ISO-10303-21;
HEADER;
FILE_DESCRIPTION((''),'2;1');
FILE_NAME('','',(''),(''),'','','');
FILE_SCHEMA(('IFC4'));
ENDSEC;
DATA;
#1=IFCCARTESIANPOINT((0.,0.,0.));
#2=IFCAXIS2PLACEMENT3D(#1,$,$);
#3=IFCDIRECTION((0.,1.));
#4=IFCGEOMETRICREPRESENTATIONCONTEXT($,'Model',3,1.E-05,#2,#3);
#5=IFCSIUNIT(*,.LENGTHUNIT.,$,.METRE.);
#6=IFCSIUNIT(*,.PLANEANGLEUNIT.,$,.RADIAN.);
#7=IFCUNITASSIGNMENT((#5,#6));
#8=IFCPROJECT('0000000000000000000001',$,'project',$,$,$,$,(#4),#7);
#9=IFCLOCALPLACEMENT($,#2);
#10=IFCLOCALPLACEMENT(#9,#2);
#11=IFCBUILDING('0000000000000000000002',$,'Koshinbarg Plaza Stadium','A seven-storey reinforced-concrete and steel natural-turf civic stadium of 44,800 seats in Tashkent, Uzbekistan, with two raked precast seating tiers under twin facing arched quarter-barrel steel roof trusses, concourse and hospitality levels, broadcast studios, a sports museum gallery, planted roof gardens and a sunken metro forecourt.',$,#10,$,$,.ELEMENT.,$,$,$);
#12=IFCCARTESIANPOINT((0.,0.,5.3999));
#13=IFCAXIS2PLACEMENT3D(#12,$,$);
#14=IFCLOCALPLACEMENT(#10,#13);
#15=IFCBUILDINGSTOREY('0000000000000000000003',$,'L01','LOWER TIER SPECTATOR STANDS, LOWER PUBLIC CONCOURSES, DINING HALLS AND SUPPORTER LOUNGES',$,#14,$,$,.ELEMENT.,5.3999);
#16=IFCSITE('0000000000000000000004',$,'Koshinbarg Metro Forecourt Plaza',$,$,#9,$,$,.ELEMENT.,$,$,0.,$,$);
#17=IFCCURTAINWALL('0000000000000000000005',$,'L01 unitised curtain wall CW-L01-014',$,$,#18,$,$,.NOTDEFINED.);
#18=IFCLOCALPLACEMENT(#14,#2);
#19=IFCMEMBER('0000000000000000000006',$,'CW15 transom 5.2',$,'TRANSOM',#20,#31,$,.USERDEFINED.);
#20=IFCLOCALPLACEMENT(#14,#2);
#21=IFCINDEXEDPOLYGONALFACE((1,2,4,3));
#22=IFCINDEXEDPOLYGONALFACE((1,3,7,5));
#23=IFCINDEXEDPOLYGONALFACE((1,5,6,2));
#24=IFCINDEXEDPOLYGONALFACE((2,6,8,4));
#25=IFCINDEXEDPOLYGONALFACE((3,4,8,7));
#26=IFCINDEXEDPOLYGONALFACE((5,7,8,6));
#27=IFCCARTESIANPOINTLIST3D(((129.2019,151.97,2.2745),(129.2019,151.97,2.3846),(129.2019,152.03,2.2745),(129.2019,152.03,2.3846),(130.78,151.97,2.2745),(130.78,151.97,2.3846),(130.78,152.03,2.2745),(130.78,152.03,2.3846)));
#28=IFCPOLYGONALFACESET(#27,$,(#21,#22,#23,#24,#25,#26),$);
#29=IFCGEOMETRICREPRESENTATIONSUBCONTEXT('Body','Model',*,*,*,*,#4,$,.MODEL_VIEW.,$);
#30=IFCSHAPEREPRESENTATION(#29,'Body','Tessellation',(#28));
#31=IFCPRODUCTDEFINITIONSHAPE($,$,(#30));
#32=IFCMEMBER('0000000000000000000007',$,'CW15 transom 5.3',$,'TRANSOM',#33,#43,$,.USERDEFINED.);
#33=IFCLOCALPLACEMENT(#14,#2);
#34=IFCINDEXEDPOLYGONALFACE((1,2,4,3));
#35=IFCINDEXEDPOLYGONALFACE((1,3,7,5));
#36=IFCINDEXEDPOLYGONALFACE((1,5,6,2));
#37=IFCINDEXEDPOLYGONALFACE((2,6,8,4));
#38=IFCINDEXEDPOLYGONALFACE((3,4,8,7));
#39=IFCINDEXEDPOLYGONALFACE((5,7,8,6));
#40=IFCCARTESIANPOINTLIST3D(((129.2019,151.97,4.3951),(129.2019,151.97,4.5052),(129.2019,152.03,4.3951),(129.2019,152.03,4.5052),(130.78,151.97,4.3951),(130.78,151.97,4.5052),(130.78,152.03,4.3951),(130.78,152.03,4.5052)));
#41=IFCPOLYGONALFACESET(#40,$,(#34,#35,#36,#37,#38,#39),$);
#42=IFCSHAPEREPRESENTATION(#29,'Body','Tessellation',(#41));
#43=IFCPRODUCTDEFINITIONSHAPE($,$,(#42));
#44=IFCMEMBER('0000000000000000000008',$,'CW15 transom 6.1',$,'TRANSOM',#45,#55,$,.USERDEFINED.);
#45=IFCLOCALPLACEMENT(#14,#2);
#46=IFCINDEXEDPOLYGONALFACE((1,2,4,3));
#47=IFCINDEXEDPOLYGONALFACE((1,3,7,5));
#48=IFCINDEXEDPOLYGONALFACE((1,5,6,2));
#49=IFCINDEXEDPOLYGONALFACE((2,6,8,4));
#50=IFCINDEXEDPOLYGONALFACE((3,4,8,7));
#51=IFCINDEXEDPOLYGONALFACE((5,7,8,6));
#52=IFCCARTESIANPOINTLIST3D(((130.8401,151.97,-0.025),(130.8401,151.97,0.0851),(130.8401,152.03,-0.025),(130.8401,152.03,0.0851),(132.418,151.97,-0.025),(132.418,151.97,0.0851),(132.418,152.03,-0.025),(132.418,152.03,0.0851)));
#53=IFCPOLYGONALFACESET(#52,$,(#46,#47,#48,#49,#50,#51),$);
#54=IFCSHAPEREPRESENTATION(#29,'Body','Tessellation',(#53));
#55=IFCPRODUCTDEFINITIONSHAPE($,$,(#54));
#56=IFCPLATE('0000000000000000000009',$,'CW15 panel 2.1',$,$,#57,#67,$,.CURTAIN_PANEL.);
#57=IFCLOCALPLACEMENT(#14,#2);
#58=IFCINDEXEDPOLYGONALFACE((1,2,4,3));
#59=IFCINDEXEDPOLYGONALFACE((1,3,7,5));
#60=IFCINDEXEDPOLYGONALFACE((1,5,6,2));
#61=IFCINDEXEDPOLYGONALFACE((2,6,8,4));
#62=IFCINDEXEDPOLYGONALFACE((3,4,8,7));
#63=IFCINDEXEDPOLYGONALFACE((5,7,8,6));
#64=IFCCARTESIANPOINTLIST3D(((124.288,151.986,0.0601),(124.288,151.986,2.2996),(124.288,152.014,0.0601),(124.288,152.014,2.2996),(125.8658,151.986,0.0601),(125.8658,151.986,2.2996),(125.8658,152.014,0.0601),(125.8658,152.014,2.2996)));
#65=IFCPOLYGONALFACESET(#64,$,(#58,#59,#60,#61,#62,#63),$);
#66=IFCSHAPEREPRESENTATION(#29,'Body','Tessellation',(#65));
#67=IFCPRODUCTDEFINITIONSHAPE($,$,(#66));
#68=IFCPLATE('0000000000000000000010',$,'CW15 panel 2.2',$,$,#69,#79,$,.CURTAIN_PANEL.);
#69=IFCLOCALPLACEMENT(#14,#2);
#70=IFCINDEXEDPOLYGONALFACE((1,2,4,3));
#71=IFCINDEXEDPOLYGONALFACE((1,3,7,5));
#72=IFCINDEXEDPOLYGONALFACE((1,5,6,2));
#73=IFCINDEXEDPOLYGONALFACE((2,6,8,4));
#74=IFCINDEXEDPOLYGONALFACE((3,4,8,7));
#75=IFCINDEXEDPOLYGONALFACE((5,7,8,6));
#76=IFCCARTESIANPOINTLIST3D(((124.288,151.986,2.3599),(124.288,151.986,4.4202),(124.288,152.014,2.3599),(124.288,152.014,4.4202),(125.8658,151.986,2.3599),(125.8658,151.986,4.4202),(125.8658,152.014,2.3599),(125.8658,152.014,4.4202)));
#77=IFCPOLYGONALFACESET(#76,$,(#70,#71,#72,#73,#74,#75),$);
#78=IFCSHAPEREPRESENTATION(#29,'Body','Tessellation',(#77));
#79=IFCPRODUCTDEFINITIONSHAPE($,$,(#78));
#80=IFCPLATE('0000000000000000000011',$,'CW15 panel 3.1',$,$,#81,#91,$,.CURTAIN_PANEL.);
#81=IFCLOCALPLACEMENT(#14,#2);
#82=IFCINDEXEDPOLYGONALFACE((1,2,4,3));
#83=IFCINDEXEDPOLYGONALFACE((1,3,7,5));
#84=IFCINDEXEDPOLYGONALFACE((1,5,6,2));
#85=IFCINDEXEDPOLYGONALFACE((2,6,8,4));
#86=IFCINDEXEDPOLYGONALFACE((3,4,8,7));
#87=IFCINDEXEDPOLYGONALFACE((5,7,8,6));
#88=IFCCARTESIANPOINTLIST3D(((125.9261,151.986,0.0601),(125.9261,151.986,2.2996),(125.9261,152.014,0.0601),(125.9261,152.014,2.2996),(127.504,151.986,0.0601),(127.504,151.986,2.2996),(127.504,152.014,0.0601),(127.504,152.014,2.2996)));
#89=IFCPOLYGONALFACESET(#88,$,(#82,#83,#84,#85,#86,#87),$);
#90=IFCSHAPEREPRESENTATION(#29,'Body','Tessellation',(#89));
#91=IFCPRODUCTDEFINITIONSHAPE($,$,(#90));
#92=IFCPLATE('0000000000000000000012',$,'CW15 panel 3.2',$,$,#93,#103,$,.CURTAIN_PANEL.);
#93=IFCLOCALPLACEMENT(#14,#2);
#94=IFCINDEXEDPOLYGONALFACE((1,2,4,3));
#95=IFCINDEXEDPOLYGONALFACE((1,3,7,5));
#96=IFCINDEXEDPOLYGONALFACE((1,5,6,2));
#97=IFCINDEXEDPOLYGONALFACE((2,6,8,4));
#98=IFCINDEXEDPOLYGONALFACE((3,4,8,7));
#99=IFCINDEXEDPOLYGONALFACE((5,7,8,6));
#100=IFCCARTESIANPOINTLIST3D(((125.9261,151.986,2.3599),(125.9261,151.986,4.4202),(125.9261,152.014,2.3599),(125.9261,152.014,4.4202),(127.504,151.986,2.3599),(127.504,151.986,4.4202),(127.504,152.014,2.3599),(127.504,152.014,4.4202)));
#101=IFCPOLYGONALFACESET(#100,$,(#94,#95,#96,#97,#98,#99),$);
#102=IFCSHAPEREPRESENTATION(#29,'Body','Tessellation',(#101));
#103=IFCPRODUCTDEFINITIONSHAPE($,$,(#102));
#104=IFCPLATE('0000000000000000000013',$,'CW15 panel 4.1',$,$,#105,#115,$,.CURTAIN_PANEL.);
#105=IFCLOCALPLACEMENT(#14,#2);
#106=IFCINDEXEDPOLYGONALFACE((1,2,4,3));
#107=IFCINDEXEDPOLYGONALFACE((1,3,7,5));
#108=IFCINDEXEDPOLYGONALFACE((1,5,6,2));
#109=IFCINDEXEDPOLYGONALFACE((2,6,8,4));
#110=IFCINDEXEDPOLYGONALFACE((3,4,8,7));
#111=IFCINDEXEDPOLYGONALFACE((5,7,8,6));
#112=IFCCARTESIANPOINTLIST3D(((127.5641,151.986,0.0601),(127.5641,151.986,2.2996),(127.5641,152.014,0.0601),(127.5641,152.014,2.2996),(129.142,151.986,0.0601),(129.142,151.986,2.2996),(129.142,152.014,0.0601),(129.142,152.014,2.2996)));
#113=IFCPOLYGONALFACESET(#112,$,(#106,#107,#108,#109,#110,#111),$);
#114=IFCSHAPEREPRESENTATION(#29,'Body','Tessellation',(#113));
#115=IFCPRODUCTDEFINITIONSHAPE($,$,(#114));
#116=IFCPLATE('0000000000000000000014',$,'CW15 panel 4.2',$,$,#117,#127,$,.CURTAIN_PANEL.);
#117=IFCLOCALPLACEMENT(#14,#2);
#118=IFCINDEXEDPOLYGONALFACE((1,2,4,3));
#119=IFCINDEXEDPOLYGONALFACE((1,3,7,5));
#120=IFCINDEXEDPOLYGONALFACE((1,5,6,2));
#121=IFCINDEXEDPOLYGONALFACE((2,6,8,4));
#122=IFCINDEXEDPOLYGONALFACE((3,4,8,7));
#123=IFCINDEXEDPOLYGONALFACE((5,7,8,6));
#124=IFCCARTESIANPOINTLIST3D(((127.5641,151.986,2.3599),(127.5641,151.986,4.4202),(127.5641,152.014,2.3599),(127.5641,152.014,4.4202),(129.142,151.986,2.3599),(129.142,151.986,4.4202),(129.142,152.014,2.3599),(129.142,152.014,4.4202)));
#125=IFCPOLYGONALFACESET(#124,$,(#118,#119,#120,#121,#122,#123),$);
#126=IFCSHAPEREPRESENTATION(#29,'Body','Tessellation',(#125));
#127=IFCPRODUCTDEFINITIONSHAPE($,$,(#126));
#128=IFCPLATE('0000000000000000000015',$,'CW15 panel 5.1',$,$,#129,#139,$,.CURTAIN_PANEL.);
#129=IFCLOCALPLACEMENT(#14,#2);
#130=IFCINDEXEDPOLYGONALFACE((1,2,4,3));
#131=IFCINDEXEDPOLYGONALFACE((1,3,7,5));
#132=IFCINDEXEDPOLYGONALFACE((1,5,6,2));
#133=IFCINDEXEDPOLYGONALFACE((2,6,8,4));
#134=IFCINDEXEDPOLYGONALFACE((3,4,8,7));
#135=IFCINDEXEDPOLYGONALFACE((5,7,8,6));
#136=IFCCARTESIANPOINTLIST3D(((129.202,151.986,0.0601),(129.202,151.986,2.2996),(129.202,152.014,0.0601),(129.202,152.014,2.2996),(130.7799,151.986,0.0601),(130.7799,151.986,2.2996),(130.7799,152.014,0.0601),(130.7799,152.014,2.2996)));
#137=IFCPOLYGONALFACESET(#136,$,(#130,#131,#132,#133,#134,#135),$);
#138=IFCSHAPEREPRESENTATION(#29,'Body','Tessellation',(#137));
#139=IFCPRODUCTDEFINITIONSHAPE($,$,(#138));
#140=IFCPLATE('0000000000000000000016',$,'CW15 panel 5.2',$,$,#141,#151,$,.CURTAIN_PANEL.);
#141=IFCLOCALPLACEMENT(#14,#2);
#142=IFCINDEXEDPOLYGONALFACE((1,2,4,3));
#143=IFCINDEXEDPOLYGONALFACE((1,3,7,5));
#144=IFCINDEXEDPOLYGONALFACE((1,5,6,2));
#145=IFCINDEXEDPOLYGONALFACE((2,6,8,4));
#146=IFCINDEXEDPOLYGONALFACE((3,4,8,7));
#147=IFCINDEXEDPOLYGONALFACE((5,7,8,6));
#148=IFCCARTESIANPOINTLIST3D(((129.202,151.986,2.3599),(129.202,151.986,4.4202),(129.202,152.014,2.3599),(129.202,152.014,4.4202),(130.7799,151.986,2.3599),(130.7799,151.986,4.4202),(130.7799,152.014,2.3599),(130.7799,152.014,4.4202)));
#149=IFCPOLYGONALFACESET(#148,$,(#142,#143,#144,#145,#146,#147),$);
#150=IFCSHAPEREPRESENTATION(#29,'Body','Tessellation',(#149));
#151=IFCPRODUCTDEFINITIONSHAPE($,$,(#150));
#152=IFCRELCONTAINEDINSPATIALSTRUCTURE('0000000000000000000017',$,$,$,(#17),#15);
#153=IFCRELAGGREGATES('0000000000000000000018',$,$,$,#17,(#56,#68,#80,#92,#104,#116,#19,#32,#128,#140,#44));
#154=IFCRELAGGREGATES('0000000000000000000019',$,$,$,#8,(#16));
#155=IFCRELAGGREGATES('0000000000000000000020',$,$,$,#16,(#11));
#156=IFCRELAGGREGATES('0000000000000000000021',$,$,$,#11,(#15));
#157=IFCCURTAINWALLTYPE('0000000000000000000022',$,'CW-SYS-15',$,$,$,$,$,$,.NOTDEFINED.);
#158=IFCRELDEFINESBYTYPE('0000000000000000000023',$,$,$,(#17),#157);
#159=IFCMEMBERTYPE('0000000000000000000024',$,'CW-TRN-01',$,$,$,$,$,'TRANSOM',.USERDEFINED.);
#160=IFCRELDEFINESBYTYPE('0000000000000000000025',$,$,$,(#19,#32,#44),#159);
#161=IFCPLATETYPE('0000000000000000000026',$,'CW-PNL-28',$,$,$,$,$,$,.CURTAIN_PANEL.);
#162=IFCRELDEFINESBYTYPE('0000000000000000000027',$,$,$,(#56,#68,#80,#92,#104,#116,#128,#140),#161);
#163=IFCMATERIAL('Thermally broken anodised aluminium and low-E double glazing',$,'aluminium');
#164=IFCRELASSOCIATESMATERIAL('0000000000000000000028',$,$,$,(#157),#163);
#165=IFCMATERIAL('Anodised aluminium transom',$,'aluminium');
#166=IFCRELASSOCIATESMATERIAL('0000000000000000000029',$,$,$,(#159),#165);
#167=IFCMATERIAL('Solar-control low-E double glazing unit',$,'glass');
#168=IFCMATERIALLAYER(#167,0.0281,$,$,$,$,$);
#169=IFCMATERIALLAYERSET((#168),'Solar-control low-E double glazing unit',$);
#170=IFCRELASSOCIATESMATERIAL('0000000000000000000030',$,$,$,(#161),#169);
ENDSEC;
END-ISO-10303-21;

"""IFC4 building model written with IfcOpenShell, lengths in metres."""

from ifc_helpers import new_model, si_unit, direction, frame, origin, origin_2d, place, context, subcontext, project, spatial, rectangle, extrude, material, layer, layer_set, material_profile, profile_set, type_object, element, aggregate, save


model = new_model("IFC4")

# Units and contexts
model_context = context("Model", 3, precision=1e-05, world=origin(), true_north=direction((0.0, 1.0)))
body_context = subcontext(model_context, "Body", "Model", "MODEL_VIEW")
ifc_project = project(units=[si_unit("LENGTHUNIT", "METRE"), si_unit("PLANEANGLEUNIT", "RADIAN")], contexts=[model_context])

# Site, building, storey
site_placement = place(None, origin())
site = spatial("IfcSite", under=ifc_project, at=site_placement, Name="Koshinbarg Metro Forecourt Plaza", CompositionType="ELEMENT", RefElevation=0.0)
building_placement = place(site_placement, origin())
building = spatial("IfcBuilding", under=site, at=building_placement, Name="Koshinbarg Plaza Stadium", Description="A seven-storey reinforced-concrete and steel natural-turf civic stadium of 44,800 seats in Tashkent, Uzbekistan, with two raked precast seating tiers under twin facing arched quarter-barrel steel roof trusses, concourse and hospitality levels, broadcast studios, a sports museum gallery, planted roof gardens and a sunken metro forecourt.", CompositionType="ELEMENT")
storey_placement = place(building_placement, frame((0.0, 0.0, 5.3999)))
storey = spatial("IfcBuildingStorey", under=building, at=storey_placement, Name="L01", Description="LOWER TIER SPECTATOR STANDS, LOWER PUBLIC CONCOURSES, DINING HALLS AND SUPPORTER LOUNGES", CompositionType="ELEMENT", Elevation=5.3999)

# Curtain wall, members, plates
ifc_material_1 = material(Name="Thermally broken anodised aluminium and low-E double glazing", Category="aluminium")
curtain_wall_type = type_object("IfcCurtainWallType", Name="CW-SYS-15", PredefinedType="NOTDEFINED", material=ifc_material_1)
curtain_wall_placement = place(storey_placement, origin())
curtain_wall = element("IfcCurtainWall", 1, at=curtain_wall_placement, inside=storey, type_object=curtain_wall_type, Name="L01 unitised curtain wall CW-L01-014", PredefinedType="NOTDEFINED")
ifc_material_2 = material(Name="Anodised aluminium transom", Category="aluminium")
ifc_material_profile_1 = material_profile(ifc_material_2, rectangle(XDim=0.0601, YDim=0.1101, at=origin_2d()), Name="ALU 60x110")
ifc_profile_set_1 = profile_set([ifc_material_profile_1], Name="Anodised aluminium transom")
member_type_1 = type_object("IfcMemberType", Name="CW-TRN-01", ElementType="TRANSOM", PredefinedType="USERDEFINED", material=ifc_profile_set_1)
member_1_placement = place(storey_placement, frame((129.2019, 152.0, 2.3296), z_axis=(1.0, 0.0, 0.0), x_axis=(0.0, 1.0, 0.0)))
member_1 = element("IfcMember", 2, at=member_1_placement, type_object=member_type_1, Name="CW15 transom 5.2", ObjectType="TRANSOM", PredefinedType="USERDEFINED", context=body_context, shape_type="SweptSolid", body=[
    extrude(rectangle(XDim=0.0601, YDim=0.1101, at=origin_2d()), origin(), (0.0, 0.0, 1.0), 1.5781),
])
member_2_placement = place(storey_placement, frame((129.2019, 152.0, 4.4502), z_axis=(1.0, 0.0, 0.0), x_axis=(0.0, 1.0, 0.0)))
member_2 = element("IfcMember", 3, at=member_2_placement, type_object=member_type_1, Name="CW15 transom 5.3", ObjectType="TRANSOM", PredefinedType="USERDEFINED", context=body_context, shape_type="SweptSolid", body=[
    extrude(rectangle(XDim=0.0601, YDim=0.1101, at=origin_2d()), origin(), (0.0, 0.0, 1.0), 1.5781),
])
member_3_placement = place(storey_placement, frame((130.8401, 152.0, 0.03), z_axis=(1.0, 0.0, 0.0), x_axis=(0.0, 1.0, 0.0)))
member_3 = element("IfcMember", 4, at=member_3_placement, type_object=member_type_1, Name="CW15 transom 6.1", ObjectType="TRANSOM", PredefinedType="USERDEFINED", context=body_context, shape_type="SweptSolid", body=[
    extrude(rectangle(XDim=0.0601, YDim=0.1101, at=origin_2d()), origin(), (0.0, 0.0, 1.0), 1.5779),
])
ifc_material_3 = material(Name="Solar-control low-E double glazing unit", Category="glass")
ifc_layer = layer(ifc_material_3, 0.0281)
ifc_layer_set = layer_set([ifc_layer], Name="Solar-control low-E double glazing unit")
plate_type = type_object("IfcPlateType", Name="CW-PNL-28", PredefinedType="CURTAIN_PANEL", material=ifc_layer_set)
plate_1_placement = place(storey_placement, frame((125.0769, 152.0, 0.0601), z_axis=(0.0, 0.0, 1.0), x_axis=(1.0, 0.0, 0.0)))
plate_1 = element("IfcPlate", 5, at=plate_1_placement, type_object=plate_type, Name="CW15 panel 2.1", PredefinedType="CURTAIN_PANEL", context=body_context, shape_type="SweptSolid", body=[
    extrude(rectangle(XDim=1.5779, YDim=0.0281, at=origin_2d()), origin(), (0.0, 0.0, 1.0), 2.2395),
])
plate_2_placement = place(storey_placement, frame((125.0769, 152.0, 2.3599), z_axis=(0.0, 0.0, 1.0), x_axis=(1.0, 0.0, 0.0)))
plate_2 = element("IfcPlate", 6, at=plate_2_placement, type_object=plate_type, Name="CW15 panel 2.2", PredefinedType="CURTAIN_PANEL", context=body_context, shape_type="SweptSolid", body=[
    extrude(rectangle(XDim=1.5779, YDim=0.0281, at=origin_2d()), origin(), (0.0, 0.0, 1.0), 2.0603),
])
plate_3_placement = place(storey_placement, frame((126.7151, 152.0, 0.0601), z_axis=(0.0, 0.0, 1.0), x_axis=(1.0, 0.0, 0.0)))
plate_3 = element("IfcPlate", 7, at=plate_3_placement, type_object=plate_type, Name="CW15 panel 3.1", PredefinedType="CURTAIN_PANEL", context=body_context, shape_type="SweptSolid", body=[
    extrude(rectangle(XDim=1.5779, YDim=0.0281, at=origin_2d()), origin(), (0.0, 0.0, 1.0), 2.2395),
])
plate_4_placement = place(storey_placement, frame((126.7151, 152.0, 2.3599), z_axis=(0.0, 0.0, 1.0), x_axis=(1.0, 0.0, 0.0)))
plate_4 = element("IfcPlate", 8, at=plate_4_placement, type_object=plate_type, Name="CW15 panel 3.2", PredefinedType="CURTAIN_PANEL", context=body_context, shape_type="SweptSolid", body=[
    extrude(rectangle(XDim=1.5779, YDim=0.0281, at=origin_2d()), origin(), (0.0, 0.0, 1.0), 2.0603),
])
plate_5_placement = place(storey_placement, frame((128.353, 152.0, 0.0601), z_axis=(0.0, 0.0, 1.0), x_axis=(1.0, 0.0, 0.0)))
plate_5 = element("IfcPlate", 9, at=plate_5_placement, type_object=plate_type, Name="CW15 panel 4.1", PredefinedType="CURTAIN_PANEL", context=body_context, shape_type="SweptSolid", body=[
    extrude(rectangle(XDim=1.5779, YDim=0.0281, at=origin_2d()), origin(), (0.0, 0.0, 1.0), 2.2395),
])
plate_6_placement = place(storey_placement, frame((128.353, 152.0, 2.3599), z_axis=(0.0, 0.0, 1.0), x_axis=(1.0, 0.0, 0.0)))
plate_6 = element("IfcPlate", 10, at=plate_6_placement, type_object=plate_type, Name="CW15 panel 4.2", PredefinedType="CURTAIN_PANEL", context=body_context, shape_type="SweptSolid", body=[
    extrude(rectangle(XDim=1.5779, YDim=0.0281, at=origin_2d()), origin(), (0.0, 0.0, 1.0), 2.0603),
])
plate_7_placement = place(storey_placement, frame((129.991, 152.0, 0.0601), z_axis=(0.0, 0.0, 1.0), x_axis=(1.0, 0.0, 0.0)))
plate_7 = element("IfcPlate", 11, at=plate_7_placement, type_object=plate_type, Name="CW15 panel 5.1", PredefinedType="CURTAIN_PANEL", context=body_context, shape_type="SweptSolid", body=[
    extrude(rectangle(XDim=1.5779, YDim=0.0281, at=origin_2d()), origin(), (0.0, 0.0, 1.0), 2.2395),
])
plate_8_placement = place(storey_placement, frame((129.991, 152.0, 2.3599), z_axis=(0.0, 0.0, 1.0), x_axis=(1.0, 0.0, 0.0)))
plate_8 = element("IfcPlate", 12, at=plate_8_placement, type_object=plate_type, Name="CW15 panel 5.2", PredefinedType="CURTAIN_PANEL", context=body_context, shape_type="SweptSolid", body=[
    extrude(rectangle(XDim=1.5779, YDim=0.0281, at=origin_2d()), origin(), (0.0, 0.0, 1.0), 2.0603),
])
aggregate(curtain_wall, [plate_1, plate_2, plate_3, plate_4, plate_5, plate_6, member_1, member_2, plate_7, plate_8, member_3])

save(model, "model.ifc")
